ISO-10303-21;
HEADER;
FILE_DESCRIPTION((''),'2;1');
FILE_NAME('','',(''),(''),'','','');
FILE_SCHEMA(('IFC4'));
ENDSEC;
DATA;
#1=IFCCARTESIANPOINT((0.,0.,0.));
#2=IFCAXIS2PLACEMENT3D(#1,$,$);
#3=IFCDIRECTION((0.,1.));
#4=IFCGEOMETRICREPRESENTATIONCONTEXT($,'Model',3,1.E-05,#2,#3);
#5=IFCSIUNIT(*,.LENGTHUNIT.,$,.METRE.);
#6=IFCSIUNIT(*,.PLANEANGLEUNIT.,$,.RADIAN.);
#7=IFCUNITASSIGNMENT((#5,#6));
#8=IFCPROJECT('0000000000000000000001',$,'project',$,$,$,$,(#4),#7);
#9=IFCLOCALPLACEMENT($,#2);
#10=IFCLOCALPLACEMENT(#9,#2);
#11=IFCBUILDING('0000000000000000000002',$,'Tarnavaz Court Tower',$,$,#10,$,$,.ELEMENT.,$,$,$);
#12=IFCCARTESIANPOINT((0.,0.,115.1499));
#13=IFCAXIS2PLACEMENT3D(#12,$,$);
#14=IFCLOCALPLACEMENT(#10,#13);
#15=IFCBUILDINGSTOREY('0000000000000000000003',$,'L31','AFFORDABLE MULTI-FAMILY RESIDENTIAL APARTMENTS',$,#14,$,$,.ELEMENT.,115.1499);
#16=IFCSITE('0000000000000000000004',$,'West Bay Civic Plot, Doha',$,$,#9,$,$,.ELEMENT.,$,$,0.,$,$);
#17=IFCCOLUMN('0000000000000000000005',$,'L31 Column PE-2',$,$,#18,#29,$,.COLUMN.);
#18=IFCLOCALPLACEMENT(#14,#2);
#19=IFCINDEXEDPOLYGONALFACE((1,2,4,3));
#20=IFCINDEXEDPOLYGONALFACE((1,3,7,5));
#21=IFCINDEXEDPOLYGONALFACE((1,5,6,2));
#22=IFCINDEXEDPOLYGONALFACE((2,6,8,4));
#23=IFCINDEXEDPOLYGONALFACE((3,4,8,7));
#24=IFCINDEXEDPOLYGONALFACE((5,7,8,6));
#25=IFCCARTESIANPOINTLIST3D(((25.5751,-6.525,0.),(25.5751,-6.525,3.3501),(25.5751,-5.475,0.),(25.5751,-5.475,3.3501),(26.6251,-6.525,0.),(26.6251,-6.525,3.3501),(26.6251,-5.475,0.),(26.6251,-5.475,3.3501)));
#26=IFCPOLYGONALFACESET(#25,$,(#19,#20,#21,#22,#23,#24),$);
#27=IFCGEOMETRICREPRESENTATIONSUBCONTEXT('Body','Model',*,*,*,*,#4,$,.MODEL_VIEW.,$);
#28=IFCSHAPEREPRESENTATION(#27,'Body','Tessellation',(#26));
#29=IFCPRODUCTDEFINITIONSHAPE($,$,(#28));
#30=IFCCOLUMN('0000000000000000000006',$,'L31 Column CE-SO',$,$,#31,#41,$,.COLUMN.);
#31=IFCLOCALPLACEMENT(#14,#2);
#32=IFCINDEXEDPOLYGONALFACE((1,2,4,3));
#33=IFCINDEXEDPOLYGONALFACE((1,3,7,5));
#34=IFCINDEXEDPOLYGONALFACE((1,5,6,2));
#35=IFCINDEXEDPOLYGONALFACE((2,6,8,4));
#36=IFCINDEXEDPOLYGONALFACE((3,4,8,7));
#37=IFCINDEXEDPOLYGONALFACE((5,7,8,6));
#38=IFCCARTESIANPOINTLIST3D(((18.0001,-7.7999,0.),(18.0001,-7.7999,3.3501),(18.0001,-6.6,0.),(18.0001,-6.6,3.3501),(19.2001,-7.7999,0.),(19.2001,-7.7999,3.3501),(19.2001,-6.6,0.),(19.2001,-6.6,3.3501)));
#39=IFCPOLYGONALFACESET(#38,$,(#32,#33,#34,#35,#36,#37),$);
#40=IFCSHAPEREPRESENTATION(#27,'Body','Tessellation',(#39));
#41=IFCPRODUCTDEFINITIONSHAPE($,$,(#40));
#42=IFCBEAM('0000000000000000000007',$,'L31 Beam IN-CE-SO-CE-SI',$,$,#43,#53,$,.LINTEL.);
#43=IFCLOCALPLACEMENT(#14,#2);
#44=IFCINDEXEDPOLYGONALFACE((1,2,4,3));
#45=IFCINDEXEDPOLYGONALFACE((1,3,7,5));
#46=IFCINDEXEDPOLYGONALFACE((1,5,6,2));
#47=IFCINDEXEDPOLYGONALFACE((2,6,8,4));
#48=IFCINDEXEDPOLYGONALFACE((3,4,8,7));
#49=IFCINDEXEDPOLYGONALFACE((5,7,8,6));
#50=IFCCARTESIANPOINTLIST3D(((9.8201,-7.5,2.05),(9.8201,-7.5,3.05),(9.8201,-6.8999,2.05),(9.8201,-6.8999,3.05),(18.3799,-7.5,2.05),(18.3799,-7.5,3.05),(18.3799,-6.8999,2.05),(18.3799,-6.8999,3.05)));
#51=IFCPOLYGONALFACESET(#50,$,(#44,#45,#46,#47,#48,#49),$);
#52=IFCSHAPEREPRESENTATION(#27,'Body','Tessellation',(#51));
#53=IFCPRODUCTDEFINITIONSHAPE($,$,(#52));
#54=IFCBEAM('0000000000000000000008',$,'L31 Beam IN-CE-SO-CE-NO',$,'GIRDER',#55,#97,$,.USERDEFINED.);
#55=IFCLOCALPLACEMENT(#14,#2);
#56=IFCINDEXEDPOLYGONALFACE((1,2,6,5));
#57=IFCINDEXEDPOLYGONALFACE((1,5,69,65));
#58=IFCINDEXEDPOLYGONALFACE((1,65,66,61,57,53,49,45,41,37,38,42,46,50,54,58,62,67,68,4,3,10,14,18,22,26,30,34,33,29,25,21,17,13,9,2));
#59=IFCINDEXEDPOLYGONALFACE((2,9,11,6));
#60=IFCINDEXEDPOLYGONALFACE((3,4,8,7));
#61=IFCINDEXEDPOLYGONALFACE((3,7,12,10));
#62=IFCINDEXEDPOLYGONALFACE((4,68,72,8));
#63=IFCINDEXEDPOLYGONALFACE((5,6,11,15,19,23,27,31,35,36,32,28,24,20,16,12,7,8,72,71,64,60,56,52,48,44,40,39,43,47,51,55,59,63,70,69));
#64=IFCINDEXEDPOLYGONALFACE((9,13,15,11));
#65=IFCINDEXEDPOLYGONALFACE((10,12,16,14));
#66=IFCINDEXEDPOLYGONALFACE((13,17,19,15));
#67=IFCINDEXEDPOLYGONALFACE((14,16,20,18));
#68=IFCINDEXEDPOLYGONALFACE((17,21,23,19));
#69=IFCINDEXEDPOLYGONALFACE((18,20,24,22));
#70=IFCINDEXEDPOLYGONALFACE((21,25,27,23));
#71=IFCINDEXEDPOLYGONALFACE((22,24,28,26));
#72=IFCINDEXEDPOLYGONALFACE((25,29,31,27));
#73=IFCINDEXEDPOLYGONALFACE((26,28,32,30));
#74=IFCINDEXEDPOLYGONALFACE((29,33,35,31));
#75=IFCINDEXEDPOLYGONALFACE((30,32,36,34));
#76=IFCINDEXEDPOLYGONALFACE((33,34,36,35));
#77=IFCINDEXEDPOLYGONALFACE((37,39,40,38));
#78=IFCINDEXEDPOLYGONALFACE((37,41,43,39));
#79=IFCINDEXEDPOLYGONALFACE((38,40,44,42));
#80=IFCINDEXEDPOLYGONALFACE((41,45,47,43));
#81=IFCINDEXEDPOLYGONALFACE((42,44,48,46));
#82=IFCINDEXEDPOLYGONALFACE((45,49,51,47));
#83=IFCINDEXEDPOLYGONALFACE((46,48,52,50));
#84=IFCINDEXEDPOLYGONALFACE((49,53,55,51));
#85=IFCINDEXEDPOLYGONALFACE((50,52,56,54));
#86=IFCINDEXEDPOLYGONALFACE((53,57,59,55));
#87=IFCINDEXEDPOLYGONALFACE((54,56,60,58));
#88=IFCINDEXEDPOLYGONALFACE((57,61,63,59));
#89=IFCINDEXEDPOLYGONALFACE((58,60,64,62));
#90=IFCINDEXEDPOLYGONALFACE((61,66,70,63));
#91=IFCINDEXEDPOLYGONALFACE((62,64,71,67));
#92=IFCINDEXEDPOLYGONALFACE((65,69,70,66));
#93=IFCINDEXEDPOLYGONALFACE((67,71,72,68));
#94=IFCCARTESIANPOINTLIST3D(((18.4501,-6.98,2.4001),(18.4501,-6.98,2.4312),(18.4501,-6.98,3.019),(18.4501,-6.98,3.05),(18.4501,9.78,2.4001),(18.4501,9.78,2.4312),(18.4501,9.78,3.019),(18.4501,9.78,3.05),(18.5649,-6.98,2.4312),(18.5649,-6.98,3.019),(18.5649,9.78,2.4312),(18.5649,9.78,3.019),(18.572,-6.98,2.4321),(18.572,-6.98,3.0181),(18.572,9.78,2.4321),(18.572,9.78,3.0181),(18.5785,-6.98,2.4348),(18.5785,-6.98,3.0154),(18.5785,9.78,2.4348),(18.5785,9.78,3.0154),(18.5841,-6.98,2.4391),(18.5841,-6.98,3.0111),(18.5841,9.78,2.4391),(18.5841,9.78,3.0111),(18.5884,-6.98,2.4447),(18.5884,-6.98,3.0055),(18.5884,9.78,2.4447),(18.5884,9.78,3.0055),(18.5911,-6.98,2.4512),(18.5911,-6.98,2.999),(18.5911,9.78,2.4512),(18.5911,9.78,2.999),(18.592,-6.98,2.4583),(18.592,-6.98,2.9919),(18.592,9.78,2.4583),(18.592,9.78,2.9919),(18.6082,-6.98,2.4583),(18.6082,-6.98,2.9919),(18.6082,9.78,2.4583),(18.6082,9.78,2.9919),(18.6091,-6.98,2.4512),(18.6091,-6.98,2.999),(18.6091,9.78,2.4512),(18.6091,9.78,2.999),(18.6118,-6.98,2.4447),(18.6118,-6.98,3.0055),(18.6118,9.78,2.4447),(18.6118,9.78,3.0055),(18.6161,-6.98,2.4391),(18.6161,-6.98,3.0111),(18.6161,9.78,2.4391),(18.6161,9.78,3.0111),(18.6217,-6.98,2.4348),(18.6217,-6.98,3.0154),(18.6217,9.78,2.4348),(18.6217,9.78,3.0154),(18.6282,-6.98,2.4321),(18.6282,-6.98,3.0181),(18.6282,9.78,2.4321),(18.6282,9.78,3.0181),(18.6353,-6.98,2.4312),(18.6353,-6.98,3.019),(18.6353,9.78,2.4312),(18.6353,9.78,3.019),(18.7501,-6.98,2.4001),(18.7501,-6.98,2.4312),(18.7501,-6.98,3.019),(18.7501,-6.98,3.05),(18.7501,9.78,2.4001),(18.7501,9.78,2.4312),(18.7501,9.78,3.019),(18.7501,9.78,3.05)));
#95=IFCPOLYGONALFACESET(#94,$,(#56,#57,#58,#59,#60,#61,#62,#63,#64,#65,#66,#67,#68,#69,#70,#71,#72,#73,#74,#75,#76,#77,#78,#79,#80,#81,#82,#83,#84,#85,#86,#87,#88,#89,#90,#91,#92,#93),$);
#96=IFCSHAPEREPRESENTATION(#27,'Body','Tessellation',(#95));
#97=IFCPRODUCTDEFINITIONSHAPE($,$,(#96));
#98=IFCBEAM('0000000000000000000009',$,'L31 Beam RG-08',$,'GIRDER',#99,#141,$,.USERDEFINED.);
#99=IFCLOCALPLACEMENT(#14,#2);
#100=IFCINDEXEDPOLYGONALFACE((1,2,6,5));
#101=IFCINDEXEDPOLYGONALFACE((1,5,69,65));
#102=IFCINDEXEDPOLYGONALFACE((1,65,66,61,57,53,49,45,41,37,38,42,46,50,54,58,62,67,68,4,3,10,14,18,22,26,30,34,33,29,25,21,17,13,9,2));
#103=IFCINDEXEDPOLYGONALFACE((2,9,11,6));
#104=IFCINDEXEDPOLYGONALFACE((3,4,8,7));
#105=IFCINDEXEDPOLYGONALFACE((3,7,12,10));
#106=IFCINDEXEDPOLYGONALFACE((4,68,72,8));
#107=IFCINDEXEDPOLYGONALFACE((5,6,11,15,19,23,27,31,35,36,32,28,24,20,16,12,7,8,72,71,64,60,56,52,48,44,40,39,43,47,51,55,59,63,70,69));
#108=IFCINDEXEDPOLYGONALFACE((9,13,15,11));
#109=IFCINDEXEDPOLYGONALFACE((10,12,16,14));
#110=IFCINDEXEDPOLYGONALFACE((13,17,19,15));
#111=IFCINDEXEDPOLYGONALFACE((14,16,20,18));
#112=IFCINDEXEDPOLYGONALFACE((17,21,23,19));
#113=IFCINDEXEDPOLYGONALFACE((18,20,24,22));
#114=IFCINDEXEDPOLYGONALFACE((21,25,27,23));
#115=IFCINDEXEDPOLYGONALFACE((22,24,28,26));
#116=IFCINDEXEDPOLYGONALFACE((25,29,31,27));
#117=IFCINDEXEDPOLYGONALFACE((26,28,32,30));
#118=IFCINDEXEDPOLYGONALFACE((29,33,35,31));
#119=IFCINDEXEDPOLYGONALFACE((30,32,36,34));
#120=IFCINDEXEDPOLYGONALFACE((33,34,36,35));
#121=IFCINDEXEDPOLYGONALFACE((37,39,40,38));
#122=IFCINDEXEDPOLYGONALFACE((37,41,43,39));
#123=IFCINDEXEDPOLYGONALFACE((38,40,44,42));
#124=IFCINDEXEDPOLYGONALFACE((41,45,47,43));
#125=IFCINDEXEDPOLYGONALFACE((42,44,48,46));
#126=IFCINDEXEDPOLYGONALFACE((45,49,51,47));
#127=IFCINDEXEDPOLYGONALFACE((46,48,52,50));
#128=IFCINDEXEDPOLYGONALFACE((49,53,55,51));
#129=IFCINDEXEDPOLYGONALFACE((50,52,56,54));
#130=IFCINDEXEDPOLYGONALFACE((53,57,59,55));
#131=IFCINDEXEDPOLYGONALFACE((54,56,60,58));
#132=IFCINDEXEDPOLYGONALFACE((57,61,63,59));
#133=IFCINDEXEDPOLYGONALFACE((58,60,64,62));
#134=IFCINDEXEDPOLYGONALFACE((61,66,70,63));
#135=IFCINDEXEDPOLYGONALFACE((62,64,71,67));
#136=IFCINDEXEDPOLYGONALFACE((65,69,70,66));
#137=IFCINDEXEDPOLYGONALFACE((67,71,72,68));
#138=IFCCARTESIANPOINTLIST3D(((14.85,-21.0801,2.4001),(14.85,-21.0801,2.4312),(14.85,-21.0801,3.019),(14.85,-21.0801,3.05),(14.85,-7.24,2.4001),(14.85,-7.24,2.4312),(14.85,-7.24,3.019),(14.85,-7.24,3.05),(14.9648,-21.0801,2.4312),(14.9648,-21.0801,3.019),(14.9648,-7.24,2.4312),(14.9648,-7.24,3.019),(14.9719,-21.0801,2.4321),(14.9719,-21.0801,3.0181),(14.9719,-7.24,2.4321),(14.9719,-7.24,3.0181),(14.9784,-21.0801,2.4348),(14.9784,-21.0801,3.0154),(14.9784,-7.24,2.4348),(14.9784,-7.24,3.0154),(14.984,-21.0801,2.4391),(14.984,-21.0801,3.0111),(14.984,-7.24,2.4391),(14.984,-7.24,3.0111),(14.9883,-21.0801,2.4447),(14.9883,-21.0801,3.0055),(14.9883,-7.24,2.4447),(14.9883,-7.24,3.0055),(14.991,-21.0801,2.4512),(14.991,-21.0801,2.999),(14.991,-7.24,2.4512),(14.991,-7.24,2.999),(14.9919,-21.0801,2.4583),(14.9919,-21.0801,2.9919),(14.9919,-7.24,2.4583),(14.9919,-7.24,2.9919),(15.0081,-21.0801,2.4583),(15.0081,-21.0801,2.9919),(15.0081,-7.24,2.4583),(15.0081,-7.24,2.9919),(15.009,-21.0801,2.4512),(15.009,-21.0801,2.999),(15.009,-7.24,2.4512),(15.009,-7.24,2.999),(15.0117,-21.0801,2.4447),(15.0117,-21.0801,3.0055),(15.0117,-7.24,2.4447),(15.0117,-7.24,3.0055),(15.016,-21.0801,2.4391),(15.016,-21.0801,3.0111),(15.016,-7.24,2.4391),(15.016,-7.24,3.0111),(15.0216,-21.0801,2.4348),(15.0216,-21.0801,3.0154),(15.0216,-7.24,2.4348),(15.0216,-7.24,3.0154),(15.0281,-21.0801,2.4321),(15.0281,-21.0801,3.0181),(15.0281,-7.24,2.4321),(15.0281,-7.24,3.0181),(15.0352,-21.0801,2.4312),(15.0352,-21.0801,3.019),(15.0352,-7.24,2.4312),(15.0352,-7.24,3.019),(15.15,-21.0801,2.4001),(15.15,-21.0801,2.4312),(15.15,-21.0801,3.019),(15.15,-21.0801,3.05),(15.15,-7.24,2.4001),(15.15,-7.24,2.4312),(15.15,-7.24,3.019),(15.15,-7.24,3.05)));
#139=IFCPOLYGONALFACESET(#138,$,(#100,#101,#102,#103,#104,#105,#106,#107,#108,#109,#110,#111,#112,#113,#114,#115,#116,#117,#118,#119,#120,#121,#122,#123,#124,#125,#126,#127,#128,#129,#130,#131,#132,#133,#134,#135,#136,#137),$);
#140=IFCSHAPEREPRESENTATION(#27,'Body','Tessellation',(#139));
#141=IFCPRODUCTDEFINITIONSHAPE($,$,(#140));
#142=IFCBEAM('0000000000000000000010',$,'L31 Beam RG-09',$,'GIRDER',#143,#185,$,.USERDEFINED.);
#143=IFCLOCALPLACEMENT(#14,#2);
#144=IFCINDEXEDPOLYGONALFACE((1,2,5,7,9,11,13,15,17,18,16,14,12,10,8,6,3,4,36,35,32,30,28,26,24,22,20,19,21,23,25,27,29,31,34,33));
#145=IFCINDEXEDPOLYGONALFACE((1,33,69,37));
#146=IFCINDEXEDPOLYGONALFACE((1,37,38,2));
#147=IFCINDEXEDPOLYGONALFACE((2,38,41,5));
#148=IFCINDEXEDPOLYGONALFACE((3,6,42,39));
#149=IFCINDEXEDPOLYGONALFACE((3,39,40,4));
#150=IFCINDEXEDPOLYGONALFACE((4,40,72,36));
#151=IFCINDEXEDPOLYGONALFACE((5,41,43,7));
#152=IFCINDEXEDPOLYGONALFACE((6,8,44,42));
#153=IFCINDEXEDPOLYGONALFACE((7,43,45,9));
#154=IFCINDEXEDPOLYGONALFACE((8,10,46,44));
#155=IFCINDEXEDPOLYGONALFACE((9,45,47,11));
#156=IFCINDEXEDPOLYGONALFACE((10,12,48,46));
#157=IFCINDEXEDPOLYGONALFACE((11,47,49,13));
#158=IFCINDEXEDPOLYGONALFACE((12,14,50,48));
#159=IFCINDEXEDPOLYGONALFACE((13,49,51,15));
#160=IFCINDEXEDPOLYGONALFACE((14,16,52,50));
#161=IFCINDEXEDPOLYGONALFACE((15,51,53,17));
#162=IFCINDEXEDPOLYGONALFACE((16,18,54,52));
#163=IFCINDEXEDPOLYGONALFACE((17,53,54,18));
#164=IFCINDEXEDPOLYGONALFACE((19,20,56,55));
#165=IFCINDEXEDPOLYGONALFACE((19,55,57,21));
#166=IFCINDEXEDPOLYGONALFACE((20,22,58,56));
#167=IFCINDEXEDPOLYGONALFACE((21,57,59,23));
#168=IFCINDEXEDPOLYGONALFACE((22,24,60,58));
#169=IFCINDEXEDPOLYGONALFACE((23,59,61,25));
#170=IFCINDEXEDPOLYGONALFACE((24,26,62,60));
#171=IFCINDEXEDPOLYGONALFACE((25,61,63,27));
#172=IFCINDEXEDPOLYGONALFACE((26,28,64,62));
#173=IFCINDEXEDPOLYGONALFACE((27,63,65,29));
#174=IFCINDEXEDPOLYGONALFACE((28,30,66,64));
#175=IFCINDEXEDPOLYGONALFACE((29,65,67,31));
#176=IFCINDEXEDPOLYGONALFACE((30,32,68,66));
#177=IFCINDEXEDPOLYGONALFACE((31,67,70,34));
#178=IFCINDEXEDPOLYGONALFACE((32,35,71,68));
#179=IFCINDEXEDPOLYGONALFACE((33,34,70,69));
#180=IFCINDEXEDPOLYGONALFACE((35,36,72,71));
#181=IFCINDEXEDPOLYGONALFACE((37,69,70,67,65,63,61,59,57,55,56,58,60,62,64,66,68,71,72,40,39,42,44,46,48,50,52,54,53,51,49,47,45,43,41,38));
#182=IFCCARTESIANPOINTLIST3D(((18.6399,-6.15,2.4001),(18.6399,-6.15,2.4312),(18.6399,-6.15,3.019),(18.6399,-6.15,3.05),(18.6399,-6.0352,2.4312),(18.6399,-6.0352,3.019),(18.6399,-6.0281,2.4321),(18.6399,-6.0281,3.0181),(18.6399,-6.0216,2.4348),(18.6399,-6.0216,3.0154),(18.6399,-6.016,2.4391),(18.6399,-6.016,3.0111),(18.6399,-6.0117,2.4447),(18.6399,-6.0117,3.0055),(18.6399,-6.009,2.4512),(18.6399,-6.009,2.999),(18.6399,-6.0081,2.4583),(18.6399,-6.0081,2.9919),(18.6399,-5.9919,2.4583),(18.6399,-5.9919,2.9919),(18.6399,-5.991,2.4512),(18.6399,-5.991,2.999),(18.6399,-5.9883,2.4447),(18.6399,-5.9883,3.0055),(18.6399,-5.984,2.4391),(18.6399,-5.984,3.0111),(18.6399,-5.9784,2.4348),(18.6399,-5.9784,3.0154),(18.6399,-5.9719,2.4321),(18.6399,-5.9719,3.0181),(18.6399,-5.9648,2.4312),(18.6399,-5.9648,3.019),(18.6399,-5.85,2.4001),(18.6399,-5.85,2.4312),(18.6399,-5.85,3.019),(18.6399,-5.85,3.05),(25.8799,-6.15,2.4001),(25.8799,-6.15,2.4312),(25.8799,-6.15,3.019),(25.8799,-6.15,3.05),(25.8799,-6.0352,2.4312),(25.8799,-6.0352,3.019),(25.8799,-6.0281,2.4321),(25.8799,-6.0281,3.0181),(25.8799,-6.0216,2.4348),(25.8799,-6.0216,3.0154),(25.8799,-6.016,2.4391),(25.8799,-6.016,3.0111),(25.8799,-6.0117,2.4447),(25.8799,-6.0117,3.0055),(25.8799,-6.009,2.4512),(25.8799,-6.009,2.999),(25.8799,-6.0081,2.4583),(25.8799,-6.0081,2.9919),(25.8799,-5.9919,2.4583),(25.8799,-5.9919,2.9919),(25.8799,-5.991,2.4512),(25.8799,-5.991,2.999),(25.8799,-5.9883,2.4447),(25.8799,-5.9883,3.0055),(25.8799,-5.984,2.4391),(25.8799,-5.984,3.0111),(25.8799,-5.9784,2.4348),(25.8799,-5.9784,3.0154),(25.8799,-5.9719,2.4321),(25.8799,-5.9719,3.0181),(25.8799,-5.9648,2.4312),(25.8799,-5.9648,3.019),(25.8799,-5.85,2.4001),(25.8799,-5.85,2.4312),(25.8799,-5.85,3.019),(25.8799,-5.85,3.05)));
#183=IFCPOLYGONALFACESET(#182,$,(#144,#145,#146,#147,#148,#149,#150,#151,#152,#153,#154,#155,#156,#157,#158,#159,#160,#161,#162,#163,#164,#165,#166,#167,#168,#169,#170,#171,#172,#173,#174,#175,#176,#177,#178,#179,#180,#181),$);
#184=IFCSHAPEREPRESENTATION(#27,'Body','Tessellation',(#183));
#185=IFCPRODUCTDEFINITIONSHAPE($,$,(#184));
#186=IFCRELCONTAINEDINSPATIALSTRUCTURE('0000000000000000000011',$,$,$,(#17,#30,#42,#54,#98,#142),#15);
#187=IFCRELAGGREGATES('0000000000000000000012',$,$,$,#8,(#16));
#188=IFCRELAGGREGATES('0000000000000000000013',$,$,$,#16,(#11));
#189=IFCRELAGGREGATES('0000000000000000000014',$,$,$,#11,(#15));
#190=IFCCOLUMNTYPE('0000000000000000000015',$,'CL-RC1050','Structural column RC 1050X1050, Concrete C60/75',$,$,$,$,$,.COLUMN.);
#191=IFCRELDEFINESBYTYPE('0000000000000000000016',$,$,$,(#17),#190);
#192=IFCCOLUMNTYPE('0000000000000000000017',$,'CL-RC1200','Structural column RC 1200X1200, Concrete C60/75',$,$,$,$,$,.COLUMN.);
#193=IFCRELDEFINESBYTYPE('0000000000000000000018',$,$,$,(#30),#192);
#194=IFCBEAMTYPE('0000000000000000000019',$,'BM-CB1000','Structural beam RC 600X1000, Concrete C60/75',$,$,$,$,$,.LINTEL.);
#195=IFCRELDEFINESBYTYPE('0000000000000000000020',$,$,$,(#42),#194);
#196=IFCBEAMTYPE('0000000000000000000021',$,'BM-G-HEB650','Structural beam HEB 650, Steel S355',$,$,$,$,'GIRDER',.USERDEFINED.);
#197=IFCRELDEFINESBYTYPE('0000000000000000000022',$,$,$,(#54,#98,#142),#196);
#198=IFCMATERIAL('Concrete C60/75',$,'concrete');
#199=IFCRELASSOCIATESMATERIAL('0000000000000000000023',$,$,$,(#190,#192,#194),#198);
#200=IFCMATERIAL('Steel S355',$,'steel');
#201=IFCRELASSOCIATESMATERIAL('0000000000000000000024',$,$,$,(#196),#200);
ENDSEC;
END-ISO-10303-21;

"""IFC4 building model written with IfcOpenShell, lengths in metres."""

from ifc_helpers import new_model, si_unit, direction, frame, origin, origin_2d, place, context, subcontext, project, spatial, rectangle, i_section, extrude, material, material_profile, profile_set, type_object, element, save


model = new_model("IFC4")

# Units and contexts
model_context = context("Model", 3, precision=1e-05, world=origin(), true_north=direction((0.0, 1.0)))
body_context = subcontext(model_context, "Body", "Model", "MODEL_VIEW")
ifc_project = project(units=[si_unit("LENGTHUNIT", "METRE"), si_unit("PLANEANGLEUNIT", "RADIAN")], contexts=[model_context])

# Site, building, storey
site_placement = place(None, origin())
site = spatial("IfcSite", under=ifc_project, at=site_placement, Name="West Bay Civic Plot, Doha", CompositionType="ELEMENT", RefElevation=0.0)
building_placement = place(site_placement, origin())
building = spatial("IfcBuilding", under=site, at=building_placement, Name="Tarnavaz Court Tower", CompositionType="ELEMENT")
storey_placement = place(building_placement, frame((0.0, 0.0, 115.1499)))
storey = spatial("IfcBuildingStorey", under=building, at=storey_placement, Name="L31", Description="AFFORDABLE MULTI-FAMILY RESIDENTIAL APARTMENTS", CompositionType="ELEMENT", Elevation=115.1499)

# Columns
ifc_material_1 = material(Name="Concrete C60/75", Category="concrete")
ifc_material_profile_1 = material_profile(ifc_material_1, rectangle(XDim=1.05, YDim=1.05, at=origin_2d()), Name="RC 1050X1050")
ifc_profile_set_1 = profile_set([ifc_material_profile_1], Name="Concrete C60/75")
column_type_1 = type_object("IfcColumnType", Name="CL-RC1050", Description="Structural column RC 1050X1050, Concrete C60/75", PredefinedType="COLUMN", material=ifc_profile_set_1)
column_1_placement = place(storey_placement, frame((26.1001, -6.0, 0.0), z_axis=(0.0, 0.0, 1.0), x_axis=(1.0, 0.0, 0.0)))
element("IfcColumn", 1, at=column_1_placement, inside=storey, type_object=column_type_1, Name="L31 Column PE-2", PredefinedType="COLUMN", context=body_context, shape_type="SweptSolid", body=[
    extrude(rectangle(XDim=1.05, YDim=1.05, at=origin_2d()), origin(), (0.0, 0.0, 1.0), 3.3501),
])
ifc_material_profile_2 = material_profile(ifc_material_1, rectangle(XDim=1.2, YDim=1.2, at=origin_2d()), Name="RC 1200X1200")
ifc_profile_set_2 = profile_set([ifc_material_profile_2], Name="Concrete C60/75")
column_type_2 = type_object("IfcColumnType", Name="CL-RC1200", Description="Structural column RC 1200X1200, Concrete C60/75", PredefinedType="COLUMN", material=ifc_profile_set_2)
column_2_placement = place(storey_placement, frame((18.6001, -7.2, 0.0), z_axis=(0.0, 0.0, 1.0), x_axis=(1.0, 0.0, 0.0)))
element("IfcColumn", 2, at=column_2_placement, inside=storey, type_object=column_type_2, Name="L31 Column CE-SO", PredefinedType="COLUMN", context=body_context, shape_type="SweptSolid", body=[
    extrude(rectangle(XDim=1.2, YDim=1.2, at=origin_2d()), origin(), (0.0, 0.0, 1.0), 3.3501),
])

# Beams
ifc_material_profile_3 = material_profile(ifc_material_1, rectangle(XDim=0.6001, YDim=1.0, at=origin_2d()), Name="RC 600X1000")
ifc_profile_set_3 = profile_set([ifc_material_profile_3], Name="Concrete C60/75")
beam_type_1 = type_object("IfcBeamType", Name="BM-CB1000", Description="Structural beam RC 600X1000, Concrete C60/75", PredefinedType="LINTEL", material=ifc_profile_set_3)
beam_1_placement = place(storey_placement, frame((18.3799, -7.2, 2.55), z_axis=(-1.0, 0.0, 0.0), x_axis=(0.0, -1.0, 0.0)))
element("IfcBeam", 3, at=beam_1_placement, inside=storey, type_object=beam_type_1, Name="L31 Beam IN-CE-SO-CE-SI", PredefinedType="LINTEL", context=body_context, shape_type="SweptSolid", body=[
    extrude(rectangle(XDim=0.6001, YDim=1.0, at=origin_2d()), origin(), (0.0, 0.0, 1.0), 8.5598),
])
ifc_material_2 = material(Name="Steel S355", Category="steel")
ifc_material_profile_4 = material_profile(ifc_material_2, i_section(OverallWidth=0.3, OverallDepth=0.6499, WebThickness=0.0161, FlangeThickness=0.031, FilletRadius=0.0271, at=origin_2d()), Name="HEB 650")
ifc_profile_set_4 = profile_set([ifc_material_profile_4], Name="Steel S355")
beam_type_2 = type_object("IfcBeamType", Name="BM-G-HEB650", Description="Structural beam HEB 650, Steel S355", ElementType="GIRDER", PredefinedType="USERDEFINED", material=ifc_profile_set_4)
beam_2_placement = place(storey_placement, frame((18.6001, -6.98, 2.7251), z_axis=(0.0, 1.0, 0.0), x_axis=(-1.0, 0.0, 0.0)))
element("IfcBeam", 4, at=beam_2_placement, inside=storey, type_object=beam_type_2, Name="L31 Beam IN-CE-SO-CE-NO", ObjectType="GIRDER", PredefinedType="USERDEFINED", context=body_context, shape_type="SweptSolid", body=[
    extrude(i_section(OverallWidth=0.3, OverallDepth=0.6499, WebThickness=0.0161, FlangeThickness=0.031, FilletRadius=0.0271, at=origin_2d()), origin(), (0.0, 0.0, 1.0), 16.76),
])
beam_3_placement = place(storey_placement, frame((15.0, -7.24, 2.7251), z_axis=(0.0, -1.0, 0.0), x_axis=(1.0, 0.0, 0.0)))
element("IfcBeam", 5, at=beam_3_placement, inside=storey, type_object=beam_type_2, Name="L31 Beam RG-08", ObjectType="GIRDER", PredefinedType="USERDEFINED", context=body_context, shape_type="SweptSolid", body=[
    extrude(i_section(OverallWidth=0.3, OverallDepth=0.6499, WebThickness=0.0161, FlangeThickness=0.031, FilletRadius=0.0271, at=origin_2d()), origin(), (0.0, 0.0, 1.0), 13.8401),
])
beam_4_placement = place(storey_placement, frame((18.6399, -6.0, 2.7251), z_axis=(1.0, 0.0, 0.0), x_axis=(0.0, 1.0, 0.0)))
element("IfcBeam", 6, at=beam_4_placement, inside=storey, type_object=beam_type_2, Name="L31 Beam RG-09", ObjectType="GIRDER", PredefinedType="USERDEFINED", context=body_context, shape_type="SweptSolid", body=[
    extrude(i_section(OverallWidth=0.3, OverallDepth=0.6499, WebThickness=0.0161, FlangeThickness=0.031, FilletRadius=0.0271, at=origin_2d()), origin(), (0.0, 0.0, 1.0), 7.24),
])

save(model, "model.ifc")
